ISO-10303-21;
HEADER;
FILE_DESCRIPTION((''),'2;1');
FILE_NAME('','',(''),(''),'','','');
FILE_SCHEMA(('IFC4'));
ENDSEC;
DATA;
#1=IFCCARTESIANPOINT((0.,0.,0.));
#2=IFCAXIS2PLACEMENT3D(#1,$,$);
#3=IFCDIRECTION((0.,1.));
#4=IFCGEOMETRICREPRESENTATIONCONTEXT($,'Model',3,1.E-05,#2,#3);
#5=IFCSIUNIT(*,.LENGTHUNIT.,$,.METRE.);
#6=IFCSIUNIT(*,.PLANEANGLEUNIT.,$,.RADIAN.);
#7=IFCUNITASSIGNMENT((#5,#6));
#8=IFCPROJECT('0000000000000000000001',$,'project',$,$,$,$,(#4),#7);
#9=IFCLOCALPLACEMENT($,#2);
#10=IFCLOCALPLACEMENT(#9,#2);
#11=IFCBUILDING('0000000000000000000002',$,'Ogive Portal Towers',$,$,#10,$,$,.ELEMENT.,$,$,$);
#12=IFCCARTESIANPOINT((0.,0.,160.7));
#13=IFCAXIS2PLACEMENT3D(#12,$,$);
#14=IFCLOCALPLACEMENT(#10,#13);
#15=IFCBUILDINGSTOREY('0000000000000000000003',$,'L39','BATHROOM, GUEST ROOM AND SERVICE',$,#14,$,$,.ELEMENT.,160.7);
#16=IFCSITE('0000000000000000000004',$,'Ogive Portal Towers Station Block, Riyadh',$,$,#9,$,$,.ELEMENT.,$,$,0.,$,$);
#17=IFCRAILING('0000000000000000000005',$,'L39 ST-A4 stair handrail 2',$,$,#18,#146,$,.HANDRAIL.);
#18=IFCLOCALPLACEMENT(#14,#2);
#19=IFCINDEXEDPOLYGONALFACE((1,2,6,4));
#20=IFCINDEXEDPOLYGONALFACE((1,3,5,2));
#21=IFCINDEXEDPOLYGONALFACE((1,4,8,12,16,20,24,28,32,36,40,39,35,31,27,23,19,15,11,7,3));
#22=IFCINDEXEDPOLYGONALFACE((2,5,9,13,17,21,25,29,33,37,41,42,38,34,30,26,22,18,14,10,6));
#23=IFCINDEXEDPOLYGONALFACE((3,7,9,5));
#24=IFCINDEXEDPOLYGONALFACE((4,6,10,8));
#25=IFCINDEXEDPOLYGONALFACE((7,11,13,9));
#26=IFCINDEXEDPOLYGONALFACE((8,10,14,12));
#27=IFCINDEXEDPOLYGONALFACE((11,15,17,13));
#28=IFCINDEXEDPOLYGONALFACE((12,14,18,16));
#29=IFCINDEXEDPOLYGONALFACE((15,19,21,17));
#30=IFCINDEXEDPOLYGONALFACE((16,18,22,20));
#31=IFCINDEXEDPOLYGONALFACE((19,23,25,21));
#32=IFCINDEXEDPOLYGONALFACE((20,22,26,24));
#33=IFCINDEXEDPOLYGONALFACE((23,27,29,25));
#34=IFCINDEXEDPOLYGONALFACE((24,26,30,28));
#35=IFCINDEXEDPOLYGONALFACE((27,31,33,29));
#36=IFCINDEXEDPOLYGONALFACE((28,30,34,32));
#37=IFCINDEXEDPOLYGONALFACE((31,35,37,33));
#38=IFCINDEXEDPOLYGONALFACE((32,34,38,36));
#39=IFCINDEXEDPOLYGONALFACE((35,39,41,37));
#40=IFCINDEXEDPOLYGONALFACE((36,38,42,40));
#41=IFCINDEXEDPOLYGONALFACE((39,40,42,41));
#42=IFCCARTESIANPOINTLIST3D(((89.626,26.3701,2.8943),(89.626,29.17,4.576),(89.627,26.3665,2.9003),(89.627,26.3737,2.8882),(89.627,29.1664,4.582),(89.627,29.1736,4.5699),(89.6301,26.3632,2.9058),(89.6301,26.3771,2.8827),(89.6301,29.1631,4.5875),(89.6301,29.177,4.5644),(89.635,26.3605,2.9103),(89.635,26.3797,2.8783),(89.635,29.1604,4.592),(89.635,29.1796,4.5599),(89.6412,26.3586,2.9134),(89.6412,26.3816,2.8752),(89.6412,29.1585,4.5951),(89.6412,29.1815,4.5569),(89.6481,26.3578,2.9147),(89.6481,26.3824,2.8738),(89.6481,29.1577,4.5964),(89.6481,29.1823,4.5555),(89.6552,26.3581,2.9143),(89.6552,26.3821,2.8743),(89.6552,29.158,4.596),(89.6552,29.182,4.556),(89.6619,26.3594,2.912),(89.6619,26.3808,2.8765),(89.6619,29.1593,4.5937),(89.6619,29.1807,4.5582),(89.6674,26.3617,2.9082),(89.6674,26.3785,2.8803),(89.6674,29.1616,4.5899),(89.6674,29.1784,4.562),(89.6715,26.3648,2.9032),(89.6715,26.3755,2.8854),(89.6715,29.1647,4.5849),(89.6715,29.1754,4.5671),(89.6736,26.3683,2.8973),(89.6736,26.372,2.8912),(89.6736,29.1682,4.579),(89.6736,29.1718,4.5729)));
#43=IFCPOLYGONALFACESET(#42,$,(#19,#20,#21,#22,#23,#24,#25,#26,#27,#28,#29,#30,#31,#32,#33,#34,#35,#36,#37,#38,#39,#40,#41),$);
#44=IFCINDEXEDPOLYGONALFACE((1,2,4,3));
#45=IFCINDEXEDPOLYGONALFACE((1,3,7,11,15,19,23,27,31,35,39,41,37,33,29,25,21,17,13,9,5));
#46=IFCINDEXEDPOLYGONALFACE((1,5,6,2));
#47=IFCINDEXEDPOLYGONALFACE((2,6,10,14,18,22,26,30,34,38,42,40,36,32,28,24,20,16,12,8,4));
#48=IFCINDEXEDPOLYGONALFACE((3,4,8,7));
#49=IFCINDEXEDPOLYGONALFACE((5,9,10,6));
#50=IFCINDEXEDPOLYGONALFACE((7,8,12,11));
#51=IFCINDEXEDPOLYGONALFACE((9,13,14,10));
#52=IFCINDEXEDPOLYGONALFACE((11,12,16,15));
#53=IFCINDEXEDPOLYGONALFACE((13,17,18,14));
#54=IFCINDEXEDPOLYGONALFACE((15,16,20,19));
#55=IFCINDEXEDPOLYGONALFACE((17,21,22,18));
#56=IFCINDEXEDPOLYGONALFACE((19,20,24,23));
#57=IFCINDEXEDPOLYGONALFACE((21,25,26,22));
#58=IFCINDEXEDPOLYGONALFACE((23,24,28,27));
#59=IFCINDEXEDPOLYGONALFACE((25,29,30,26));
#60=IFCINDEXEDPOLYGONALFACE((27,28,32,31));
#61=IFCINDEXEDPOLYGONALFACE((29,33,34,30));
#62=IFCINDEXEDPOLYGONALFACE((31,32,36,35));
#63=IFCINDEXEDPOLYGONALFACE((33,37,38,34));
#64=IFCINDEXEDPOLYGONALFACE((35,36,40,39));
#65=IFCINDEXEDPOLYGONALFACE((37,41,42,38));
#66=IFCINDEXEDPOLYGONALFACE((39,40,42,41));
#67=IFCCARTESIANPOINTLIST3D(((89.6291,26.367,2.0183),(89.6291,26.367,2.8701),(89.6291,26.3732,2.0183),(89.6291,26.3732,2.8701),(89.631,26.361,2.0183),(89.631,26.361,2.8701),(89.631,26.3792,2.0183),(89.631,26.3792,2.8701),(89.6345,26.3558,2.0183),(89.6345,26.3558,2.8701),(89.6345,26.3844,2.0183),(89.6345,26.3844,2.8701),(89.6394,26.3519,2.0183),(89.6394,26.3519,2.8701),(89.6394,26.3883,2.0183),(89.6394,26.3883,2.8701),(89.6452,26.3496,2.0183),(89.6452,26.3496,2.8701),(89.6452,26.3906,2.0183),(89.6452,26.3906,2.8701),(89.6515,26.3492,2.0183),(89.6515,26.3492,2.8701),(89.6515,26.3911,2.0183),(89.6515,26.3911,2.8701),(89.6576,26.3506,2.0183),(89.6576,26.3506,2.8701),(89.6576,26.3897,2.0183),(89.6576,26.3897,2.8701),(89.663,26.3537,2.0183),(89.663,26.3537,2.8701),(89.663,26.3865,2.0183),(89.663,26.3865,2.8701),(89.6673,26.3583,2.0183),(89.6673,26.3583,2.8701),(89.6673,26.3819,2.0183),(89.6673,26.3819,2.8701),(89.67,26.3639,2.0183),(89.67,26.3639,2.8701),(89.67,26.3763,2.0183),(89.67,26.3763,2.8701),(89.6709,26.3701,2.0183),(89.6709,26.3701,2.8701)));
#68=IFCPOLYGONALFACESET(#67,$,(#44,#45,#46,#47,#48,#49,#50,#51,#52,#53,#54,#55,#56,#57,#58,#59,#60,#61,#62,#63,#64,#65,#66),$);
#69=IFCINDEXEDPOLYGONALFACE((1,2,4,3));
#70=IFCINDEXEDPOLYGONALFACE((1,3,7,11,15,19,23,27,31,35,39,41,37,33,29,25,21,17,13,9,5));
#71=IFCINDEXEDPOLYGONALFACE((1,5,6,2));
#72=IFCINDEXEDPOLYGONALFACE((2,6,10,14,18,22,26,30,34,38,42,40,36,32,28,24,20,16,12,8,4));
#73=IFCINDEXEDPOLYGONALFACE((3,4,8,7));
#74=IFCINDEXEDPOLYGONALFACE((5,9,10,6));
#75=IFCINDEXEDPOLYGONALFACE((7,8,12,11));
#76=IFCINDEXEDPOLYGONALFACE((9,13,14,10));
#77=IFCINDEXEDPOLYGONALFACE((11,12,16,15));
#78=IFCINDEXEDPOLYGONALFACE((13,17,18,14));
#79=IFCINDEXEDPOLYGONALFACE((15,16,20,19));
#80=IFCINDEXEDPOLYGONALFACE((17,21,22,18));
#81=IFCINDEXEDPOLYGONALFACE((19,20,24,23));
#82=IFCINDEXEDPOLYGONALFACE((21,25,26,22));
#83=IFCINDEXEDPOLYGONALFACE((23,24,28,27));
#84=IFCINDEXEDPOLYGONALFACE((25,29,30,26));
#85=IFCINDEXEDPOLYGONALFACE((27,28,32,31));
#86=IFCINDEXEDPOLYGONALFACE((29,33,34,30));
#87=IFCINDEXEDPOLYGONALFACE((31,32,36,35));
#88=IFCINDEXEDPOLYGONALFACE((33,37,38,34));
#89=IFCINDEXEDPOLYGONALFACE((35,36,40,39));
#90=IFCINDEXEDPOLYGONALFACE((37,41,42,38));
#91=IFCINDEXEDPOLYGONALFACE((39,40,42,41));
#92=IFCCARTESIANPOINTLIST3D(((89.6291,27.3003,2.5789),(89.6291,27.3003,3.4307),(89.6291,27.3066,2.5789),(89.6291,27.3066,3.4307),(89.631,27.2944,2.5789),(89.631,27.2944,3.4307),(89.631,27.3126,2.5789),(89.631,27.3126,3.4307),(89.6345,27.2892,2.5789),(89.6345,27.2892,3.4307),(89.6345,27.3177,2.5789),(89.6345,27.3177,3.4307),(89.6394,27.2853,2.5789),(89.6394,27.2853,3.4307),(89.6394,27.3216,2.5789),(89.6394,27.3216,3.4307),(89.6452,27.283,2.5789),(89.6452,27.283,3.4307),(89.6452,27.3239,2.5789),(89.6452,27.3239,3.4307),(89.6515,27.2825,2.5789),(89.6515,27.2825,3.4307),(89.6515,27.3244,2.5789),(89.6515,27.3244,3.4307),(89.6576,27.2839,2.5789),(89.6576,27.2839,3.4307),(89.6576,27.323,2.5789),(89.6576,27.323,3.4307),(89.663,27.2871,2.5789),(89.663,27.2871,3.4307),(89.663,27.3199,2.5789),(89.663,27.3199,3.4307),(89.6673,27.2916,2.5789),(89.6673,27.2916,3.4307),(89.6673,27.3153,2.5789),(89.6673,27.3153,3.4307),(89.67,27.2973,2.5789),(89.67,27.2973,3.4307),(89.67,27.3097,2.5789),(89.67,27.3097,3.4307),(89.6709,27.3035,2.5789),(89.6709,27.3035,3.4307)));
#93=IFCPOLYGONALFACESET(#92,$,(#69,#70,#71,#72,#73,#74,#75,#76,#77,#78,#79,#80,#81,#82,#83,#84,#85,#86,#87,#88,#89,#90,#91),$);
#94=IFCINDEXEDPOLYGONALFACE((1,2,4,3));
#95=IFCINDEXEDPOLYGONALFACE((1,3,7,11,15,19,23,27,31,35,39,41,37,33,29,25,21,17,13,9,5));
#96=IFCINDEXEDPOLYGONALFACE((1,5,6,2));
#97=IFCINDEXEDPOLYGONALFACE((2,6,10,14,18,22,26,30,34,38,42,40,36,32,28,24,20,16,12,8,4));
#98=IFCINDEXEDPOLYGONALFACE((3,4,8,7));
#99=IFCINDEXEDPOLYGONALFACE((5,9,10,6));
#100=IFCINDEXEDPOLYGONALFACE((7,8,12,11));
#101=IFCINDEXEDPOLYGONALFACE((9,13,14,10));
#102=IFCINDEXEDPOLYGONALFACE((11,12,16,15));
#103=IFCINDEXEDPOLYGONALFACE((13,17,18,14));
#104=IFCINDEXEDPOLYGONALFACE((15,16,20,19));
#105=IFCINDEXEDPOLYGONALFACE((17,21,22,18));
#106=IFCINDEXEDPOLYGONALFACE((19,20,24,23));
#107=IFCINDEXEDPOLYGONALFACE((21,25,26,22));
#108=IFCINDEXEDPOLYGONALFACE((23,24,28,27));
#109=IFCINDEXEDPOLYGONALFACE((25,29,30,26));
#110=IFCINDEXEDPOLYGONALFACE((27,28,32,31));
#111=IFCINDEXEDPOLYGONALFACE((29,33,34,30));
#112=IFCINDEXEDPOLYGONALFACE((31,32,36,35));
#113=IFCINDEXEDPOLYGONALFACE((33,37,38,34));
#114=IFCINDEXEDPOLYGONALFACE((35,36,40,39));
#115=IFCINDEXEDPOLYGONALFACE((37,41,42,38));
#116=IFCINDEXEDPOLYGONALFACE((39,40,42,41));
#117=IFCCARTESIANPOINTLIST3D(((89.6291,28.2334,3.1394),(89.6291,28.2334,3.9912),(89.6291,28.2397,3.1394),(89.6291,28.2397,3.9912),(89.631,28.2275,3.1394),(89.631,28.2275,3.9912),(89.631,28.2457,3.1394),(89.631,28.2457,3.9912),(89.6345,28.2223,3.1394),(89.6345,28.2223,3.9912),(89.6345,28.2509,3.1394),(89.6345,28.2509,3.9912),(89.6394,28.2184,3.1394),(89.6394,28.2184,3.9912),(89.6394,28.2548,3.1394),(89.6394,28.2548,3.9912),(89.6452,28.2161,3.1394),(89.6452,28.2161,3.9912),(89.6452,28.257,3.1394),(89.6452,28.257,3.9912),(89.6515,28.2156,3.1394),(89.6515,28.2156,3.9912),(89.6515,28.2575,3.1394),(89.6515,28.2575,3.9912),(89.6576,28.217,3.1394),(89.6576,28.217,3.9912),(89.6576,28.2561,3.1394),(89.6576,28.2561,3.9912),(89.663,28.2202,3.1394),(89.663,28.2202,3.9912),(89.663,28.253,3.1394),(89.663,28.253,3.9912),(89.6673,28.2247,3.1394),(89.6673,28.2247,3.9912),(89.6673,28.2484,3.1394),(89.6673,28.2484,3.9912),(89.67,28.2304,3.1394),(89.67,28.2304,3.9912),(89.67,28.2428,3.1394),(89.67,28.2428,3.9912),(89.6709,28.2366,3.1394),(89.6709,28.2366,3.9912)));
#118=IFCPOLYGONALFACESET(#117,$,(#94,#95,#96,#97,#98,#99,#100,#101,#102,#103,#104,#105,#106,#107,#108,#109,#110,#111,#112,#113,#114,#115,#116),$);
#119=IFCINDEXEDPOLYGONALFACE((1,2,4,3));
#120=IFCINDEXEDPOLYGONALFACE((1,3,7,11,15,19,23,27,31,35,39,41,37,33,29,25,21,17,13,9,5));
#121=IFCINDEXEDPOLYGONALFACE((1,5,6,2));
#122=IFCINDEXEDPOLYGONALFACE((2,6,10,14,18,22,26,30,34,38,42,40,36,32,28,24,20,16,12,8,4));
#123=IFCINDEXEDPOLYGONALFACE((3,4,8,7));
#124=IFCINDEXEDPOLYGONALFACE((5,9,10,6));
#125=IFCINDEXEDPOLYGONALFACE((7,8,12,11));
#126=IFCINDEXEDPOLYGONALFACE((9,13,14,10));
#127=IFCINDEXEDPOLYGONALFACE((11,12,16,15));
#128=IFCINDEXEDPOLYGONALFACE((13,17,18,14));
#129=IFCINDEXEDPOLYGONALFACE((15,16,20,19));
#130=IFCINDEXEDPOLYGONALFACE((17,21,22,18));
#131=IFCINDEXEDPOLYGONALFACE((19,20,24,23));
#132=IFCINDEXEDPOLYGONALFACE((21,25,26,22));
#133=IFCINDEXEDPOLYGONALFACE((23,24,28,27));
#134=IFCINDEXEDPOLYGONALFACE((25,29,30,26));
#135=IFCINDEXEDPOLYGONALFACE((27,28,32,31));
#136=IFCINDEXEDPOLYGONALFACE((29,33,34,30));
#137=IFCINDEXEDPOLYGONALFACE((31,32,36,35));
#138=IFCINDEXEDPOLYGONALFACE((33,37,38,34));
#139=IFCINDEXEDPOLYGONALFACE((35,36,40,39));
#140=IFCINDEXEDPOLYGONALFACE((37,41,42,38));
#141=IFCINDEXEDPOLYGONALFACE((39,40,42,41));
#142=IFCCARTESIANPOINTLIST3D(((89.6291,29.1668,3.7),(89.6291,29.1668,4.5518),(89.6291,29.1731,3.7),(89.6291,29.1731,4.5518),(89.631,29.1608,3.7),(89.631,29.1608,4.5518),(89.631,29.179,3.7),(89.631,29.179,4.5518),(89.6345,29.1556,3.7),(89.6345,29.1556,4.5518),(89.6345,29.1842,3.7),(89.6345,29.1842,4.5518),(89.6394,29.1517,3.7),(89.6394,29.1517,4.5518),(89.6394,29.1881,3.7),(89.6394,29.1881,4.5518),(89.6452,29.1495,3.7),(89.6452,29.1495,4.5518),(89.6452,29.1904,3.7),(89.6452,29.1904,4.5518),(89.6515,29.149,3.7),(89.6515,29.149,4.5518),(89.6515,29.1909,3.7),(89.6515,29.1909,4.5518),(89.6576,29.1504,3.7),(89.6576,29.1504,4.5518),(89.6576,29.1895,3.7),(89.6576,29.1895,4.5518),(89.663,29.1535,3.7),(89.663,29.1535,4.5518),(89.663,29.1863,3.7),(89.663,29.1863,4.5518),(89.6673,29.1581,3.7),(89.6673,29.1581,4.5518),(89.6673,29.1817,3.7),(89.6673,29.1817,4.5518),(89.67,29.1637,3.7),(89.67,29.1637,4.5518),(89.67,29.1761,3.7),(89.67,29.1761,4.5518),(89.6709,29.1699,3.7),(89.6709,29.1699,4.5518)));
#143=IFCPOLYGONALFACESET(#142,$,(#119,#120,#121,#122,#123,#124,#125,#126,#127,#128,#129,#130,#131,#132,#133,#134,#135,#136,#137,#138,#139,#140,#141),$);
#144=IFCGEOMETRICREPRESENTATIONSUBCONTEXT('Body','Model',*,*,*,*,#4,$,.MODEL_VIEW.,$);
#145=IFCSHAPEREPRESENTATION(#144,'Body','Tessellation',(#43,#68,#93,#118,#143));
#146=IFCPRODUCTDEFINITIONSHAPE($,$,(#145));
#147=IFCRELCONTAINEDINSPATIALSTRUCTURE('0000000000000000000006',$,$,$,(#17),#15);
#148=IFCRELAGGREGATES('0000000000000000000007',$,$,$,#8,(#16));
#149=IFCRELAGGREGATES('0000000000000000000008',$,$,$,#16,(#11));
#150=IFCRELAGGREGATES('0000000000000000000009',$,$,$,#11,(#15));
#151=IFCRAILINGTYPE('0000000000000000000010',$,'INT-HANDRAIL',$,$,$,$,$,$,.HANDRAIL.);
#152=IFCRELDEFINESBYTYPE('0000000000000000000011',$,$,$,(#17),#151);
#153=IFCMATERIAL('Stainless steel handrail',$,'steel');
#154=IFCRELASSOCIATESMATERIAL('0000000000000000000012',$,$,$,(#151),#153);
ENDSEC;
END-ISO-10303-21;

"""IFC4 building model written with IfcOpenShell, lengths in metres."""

from ifc_helpers import new_model, si_unit, direction, frame, origin, origin_2d, place, context, subcontext, project, spatial, circle, extrude, material, type_object, element, save


model = new_model("IFC4")

# Units and contexts
model_context = context("Model", 3, precision=1e-05, world=origin(), true_north=direction((0.0, 1.0)))
body_context = subcontext(model_context, "Body", "Model", "MODEL_VIEW")
ifc_project = project(units=[si_unit("LENGTHUNIT", "METRE"), si_unit("PLANEANGLEUNIT", "RADIAN")], contexts=[model_context])

# Site, building, storey
site_placement = place(None, origin())
site = spatial("IfcSite", under=ifc_project, at=site_placement, Name="Ogive Portal Towers Station Block, Riyadh", CompositionType="ELEMENT", RefElevation=0.0)
building_placement = place(site_placement, origin())
building = spatial("IfcBuilding", under=site, at=building_placement, Name="Ogive Portal Towers", CompositionType="ELEMENT")
storey_placement = place(building_placement, frame((0.0, 0.0, 160.7)))
storey = spatial("IfcBuildingStorey", under=building, at=storey_placement, Name="L39", Description="BATHROOM, GUEST ROOM AND SERVICE", CompositionType="ELEMENT", Elevation=160.7)

# Railing
ifc_material_1 = material(Name="Stainless steel handrail", Category="steel")
railing_type_1 = type_object("IfcRailingType", Name="INT-HANDRAIL", PredefinedType="HANDRAIL", material=ifc_material_1)
railing_1_placement = place(storey_placement, frame((89.6499, 26.3701, 2.0183)))
element("IfcRailing", 1, at=railing_1_placement, inside=storey, type_object=railing_type_1, Name="L39 ST-A4 stair handrail 2", PredefinedType="HANDRAIL", context=body_context, shape_type="SweptSolid", body=[
    extrude(circle(Radius=0.0239, at=origin_2d()), frame((0.0, 0.0, 0.876), z_axis=(0.0, 0.857255, 0.514891), x_axis=(-1.0, 0.0, 0.0)), (0.0, 0.0, 1.0), 3.2661),
    extrude(circle(Radius=0.021, at=origin_2d()), origin(), (0.0, 0.0, 1.0), 0.8518),
    extrude(circle(Radius=0.021, at=origin_2d()), frame((0.0, 0.9333, 0.5605)), (0.0, 0.0, 1.0), 0.8518),
    extrude(circle(Radius=0.021, at=origin_2d()), frame((0.0, 1.8665, 1.1211)), (0.0, 0.0, 1.0), 0.8518),
    extrude(circle(Radius=0.021, at=origin_2d()), frame((0.0, 2.7998, 1.6816)), (0.0, 0.0, 1.0), 0.8518),
])

save(model, "model.ifc")
